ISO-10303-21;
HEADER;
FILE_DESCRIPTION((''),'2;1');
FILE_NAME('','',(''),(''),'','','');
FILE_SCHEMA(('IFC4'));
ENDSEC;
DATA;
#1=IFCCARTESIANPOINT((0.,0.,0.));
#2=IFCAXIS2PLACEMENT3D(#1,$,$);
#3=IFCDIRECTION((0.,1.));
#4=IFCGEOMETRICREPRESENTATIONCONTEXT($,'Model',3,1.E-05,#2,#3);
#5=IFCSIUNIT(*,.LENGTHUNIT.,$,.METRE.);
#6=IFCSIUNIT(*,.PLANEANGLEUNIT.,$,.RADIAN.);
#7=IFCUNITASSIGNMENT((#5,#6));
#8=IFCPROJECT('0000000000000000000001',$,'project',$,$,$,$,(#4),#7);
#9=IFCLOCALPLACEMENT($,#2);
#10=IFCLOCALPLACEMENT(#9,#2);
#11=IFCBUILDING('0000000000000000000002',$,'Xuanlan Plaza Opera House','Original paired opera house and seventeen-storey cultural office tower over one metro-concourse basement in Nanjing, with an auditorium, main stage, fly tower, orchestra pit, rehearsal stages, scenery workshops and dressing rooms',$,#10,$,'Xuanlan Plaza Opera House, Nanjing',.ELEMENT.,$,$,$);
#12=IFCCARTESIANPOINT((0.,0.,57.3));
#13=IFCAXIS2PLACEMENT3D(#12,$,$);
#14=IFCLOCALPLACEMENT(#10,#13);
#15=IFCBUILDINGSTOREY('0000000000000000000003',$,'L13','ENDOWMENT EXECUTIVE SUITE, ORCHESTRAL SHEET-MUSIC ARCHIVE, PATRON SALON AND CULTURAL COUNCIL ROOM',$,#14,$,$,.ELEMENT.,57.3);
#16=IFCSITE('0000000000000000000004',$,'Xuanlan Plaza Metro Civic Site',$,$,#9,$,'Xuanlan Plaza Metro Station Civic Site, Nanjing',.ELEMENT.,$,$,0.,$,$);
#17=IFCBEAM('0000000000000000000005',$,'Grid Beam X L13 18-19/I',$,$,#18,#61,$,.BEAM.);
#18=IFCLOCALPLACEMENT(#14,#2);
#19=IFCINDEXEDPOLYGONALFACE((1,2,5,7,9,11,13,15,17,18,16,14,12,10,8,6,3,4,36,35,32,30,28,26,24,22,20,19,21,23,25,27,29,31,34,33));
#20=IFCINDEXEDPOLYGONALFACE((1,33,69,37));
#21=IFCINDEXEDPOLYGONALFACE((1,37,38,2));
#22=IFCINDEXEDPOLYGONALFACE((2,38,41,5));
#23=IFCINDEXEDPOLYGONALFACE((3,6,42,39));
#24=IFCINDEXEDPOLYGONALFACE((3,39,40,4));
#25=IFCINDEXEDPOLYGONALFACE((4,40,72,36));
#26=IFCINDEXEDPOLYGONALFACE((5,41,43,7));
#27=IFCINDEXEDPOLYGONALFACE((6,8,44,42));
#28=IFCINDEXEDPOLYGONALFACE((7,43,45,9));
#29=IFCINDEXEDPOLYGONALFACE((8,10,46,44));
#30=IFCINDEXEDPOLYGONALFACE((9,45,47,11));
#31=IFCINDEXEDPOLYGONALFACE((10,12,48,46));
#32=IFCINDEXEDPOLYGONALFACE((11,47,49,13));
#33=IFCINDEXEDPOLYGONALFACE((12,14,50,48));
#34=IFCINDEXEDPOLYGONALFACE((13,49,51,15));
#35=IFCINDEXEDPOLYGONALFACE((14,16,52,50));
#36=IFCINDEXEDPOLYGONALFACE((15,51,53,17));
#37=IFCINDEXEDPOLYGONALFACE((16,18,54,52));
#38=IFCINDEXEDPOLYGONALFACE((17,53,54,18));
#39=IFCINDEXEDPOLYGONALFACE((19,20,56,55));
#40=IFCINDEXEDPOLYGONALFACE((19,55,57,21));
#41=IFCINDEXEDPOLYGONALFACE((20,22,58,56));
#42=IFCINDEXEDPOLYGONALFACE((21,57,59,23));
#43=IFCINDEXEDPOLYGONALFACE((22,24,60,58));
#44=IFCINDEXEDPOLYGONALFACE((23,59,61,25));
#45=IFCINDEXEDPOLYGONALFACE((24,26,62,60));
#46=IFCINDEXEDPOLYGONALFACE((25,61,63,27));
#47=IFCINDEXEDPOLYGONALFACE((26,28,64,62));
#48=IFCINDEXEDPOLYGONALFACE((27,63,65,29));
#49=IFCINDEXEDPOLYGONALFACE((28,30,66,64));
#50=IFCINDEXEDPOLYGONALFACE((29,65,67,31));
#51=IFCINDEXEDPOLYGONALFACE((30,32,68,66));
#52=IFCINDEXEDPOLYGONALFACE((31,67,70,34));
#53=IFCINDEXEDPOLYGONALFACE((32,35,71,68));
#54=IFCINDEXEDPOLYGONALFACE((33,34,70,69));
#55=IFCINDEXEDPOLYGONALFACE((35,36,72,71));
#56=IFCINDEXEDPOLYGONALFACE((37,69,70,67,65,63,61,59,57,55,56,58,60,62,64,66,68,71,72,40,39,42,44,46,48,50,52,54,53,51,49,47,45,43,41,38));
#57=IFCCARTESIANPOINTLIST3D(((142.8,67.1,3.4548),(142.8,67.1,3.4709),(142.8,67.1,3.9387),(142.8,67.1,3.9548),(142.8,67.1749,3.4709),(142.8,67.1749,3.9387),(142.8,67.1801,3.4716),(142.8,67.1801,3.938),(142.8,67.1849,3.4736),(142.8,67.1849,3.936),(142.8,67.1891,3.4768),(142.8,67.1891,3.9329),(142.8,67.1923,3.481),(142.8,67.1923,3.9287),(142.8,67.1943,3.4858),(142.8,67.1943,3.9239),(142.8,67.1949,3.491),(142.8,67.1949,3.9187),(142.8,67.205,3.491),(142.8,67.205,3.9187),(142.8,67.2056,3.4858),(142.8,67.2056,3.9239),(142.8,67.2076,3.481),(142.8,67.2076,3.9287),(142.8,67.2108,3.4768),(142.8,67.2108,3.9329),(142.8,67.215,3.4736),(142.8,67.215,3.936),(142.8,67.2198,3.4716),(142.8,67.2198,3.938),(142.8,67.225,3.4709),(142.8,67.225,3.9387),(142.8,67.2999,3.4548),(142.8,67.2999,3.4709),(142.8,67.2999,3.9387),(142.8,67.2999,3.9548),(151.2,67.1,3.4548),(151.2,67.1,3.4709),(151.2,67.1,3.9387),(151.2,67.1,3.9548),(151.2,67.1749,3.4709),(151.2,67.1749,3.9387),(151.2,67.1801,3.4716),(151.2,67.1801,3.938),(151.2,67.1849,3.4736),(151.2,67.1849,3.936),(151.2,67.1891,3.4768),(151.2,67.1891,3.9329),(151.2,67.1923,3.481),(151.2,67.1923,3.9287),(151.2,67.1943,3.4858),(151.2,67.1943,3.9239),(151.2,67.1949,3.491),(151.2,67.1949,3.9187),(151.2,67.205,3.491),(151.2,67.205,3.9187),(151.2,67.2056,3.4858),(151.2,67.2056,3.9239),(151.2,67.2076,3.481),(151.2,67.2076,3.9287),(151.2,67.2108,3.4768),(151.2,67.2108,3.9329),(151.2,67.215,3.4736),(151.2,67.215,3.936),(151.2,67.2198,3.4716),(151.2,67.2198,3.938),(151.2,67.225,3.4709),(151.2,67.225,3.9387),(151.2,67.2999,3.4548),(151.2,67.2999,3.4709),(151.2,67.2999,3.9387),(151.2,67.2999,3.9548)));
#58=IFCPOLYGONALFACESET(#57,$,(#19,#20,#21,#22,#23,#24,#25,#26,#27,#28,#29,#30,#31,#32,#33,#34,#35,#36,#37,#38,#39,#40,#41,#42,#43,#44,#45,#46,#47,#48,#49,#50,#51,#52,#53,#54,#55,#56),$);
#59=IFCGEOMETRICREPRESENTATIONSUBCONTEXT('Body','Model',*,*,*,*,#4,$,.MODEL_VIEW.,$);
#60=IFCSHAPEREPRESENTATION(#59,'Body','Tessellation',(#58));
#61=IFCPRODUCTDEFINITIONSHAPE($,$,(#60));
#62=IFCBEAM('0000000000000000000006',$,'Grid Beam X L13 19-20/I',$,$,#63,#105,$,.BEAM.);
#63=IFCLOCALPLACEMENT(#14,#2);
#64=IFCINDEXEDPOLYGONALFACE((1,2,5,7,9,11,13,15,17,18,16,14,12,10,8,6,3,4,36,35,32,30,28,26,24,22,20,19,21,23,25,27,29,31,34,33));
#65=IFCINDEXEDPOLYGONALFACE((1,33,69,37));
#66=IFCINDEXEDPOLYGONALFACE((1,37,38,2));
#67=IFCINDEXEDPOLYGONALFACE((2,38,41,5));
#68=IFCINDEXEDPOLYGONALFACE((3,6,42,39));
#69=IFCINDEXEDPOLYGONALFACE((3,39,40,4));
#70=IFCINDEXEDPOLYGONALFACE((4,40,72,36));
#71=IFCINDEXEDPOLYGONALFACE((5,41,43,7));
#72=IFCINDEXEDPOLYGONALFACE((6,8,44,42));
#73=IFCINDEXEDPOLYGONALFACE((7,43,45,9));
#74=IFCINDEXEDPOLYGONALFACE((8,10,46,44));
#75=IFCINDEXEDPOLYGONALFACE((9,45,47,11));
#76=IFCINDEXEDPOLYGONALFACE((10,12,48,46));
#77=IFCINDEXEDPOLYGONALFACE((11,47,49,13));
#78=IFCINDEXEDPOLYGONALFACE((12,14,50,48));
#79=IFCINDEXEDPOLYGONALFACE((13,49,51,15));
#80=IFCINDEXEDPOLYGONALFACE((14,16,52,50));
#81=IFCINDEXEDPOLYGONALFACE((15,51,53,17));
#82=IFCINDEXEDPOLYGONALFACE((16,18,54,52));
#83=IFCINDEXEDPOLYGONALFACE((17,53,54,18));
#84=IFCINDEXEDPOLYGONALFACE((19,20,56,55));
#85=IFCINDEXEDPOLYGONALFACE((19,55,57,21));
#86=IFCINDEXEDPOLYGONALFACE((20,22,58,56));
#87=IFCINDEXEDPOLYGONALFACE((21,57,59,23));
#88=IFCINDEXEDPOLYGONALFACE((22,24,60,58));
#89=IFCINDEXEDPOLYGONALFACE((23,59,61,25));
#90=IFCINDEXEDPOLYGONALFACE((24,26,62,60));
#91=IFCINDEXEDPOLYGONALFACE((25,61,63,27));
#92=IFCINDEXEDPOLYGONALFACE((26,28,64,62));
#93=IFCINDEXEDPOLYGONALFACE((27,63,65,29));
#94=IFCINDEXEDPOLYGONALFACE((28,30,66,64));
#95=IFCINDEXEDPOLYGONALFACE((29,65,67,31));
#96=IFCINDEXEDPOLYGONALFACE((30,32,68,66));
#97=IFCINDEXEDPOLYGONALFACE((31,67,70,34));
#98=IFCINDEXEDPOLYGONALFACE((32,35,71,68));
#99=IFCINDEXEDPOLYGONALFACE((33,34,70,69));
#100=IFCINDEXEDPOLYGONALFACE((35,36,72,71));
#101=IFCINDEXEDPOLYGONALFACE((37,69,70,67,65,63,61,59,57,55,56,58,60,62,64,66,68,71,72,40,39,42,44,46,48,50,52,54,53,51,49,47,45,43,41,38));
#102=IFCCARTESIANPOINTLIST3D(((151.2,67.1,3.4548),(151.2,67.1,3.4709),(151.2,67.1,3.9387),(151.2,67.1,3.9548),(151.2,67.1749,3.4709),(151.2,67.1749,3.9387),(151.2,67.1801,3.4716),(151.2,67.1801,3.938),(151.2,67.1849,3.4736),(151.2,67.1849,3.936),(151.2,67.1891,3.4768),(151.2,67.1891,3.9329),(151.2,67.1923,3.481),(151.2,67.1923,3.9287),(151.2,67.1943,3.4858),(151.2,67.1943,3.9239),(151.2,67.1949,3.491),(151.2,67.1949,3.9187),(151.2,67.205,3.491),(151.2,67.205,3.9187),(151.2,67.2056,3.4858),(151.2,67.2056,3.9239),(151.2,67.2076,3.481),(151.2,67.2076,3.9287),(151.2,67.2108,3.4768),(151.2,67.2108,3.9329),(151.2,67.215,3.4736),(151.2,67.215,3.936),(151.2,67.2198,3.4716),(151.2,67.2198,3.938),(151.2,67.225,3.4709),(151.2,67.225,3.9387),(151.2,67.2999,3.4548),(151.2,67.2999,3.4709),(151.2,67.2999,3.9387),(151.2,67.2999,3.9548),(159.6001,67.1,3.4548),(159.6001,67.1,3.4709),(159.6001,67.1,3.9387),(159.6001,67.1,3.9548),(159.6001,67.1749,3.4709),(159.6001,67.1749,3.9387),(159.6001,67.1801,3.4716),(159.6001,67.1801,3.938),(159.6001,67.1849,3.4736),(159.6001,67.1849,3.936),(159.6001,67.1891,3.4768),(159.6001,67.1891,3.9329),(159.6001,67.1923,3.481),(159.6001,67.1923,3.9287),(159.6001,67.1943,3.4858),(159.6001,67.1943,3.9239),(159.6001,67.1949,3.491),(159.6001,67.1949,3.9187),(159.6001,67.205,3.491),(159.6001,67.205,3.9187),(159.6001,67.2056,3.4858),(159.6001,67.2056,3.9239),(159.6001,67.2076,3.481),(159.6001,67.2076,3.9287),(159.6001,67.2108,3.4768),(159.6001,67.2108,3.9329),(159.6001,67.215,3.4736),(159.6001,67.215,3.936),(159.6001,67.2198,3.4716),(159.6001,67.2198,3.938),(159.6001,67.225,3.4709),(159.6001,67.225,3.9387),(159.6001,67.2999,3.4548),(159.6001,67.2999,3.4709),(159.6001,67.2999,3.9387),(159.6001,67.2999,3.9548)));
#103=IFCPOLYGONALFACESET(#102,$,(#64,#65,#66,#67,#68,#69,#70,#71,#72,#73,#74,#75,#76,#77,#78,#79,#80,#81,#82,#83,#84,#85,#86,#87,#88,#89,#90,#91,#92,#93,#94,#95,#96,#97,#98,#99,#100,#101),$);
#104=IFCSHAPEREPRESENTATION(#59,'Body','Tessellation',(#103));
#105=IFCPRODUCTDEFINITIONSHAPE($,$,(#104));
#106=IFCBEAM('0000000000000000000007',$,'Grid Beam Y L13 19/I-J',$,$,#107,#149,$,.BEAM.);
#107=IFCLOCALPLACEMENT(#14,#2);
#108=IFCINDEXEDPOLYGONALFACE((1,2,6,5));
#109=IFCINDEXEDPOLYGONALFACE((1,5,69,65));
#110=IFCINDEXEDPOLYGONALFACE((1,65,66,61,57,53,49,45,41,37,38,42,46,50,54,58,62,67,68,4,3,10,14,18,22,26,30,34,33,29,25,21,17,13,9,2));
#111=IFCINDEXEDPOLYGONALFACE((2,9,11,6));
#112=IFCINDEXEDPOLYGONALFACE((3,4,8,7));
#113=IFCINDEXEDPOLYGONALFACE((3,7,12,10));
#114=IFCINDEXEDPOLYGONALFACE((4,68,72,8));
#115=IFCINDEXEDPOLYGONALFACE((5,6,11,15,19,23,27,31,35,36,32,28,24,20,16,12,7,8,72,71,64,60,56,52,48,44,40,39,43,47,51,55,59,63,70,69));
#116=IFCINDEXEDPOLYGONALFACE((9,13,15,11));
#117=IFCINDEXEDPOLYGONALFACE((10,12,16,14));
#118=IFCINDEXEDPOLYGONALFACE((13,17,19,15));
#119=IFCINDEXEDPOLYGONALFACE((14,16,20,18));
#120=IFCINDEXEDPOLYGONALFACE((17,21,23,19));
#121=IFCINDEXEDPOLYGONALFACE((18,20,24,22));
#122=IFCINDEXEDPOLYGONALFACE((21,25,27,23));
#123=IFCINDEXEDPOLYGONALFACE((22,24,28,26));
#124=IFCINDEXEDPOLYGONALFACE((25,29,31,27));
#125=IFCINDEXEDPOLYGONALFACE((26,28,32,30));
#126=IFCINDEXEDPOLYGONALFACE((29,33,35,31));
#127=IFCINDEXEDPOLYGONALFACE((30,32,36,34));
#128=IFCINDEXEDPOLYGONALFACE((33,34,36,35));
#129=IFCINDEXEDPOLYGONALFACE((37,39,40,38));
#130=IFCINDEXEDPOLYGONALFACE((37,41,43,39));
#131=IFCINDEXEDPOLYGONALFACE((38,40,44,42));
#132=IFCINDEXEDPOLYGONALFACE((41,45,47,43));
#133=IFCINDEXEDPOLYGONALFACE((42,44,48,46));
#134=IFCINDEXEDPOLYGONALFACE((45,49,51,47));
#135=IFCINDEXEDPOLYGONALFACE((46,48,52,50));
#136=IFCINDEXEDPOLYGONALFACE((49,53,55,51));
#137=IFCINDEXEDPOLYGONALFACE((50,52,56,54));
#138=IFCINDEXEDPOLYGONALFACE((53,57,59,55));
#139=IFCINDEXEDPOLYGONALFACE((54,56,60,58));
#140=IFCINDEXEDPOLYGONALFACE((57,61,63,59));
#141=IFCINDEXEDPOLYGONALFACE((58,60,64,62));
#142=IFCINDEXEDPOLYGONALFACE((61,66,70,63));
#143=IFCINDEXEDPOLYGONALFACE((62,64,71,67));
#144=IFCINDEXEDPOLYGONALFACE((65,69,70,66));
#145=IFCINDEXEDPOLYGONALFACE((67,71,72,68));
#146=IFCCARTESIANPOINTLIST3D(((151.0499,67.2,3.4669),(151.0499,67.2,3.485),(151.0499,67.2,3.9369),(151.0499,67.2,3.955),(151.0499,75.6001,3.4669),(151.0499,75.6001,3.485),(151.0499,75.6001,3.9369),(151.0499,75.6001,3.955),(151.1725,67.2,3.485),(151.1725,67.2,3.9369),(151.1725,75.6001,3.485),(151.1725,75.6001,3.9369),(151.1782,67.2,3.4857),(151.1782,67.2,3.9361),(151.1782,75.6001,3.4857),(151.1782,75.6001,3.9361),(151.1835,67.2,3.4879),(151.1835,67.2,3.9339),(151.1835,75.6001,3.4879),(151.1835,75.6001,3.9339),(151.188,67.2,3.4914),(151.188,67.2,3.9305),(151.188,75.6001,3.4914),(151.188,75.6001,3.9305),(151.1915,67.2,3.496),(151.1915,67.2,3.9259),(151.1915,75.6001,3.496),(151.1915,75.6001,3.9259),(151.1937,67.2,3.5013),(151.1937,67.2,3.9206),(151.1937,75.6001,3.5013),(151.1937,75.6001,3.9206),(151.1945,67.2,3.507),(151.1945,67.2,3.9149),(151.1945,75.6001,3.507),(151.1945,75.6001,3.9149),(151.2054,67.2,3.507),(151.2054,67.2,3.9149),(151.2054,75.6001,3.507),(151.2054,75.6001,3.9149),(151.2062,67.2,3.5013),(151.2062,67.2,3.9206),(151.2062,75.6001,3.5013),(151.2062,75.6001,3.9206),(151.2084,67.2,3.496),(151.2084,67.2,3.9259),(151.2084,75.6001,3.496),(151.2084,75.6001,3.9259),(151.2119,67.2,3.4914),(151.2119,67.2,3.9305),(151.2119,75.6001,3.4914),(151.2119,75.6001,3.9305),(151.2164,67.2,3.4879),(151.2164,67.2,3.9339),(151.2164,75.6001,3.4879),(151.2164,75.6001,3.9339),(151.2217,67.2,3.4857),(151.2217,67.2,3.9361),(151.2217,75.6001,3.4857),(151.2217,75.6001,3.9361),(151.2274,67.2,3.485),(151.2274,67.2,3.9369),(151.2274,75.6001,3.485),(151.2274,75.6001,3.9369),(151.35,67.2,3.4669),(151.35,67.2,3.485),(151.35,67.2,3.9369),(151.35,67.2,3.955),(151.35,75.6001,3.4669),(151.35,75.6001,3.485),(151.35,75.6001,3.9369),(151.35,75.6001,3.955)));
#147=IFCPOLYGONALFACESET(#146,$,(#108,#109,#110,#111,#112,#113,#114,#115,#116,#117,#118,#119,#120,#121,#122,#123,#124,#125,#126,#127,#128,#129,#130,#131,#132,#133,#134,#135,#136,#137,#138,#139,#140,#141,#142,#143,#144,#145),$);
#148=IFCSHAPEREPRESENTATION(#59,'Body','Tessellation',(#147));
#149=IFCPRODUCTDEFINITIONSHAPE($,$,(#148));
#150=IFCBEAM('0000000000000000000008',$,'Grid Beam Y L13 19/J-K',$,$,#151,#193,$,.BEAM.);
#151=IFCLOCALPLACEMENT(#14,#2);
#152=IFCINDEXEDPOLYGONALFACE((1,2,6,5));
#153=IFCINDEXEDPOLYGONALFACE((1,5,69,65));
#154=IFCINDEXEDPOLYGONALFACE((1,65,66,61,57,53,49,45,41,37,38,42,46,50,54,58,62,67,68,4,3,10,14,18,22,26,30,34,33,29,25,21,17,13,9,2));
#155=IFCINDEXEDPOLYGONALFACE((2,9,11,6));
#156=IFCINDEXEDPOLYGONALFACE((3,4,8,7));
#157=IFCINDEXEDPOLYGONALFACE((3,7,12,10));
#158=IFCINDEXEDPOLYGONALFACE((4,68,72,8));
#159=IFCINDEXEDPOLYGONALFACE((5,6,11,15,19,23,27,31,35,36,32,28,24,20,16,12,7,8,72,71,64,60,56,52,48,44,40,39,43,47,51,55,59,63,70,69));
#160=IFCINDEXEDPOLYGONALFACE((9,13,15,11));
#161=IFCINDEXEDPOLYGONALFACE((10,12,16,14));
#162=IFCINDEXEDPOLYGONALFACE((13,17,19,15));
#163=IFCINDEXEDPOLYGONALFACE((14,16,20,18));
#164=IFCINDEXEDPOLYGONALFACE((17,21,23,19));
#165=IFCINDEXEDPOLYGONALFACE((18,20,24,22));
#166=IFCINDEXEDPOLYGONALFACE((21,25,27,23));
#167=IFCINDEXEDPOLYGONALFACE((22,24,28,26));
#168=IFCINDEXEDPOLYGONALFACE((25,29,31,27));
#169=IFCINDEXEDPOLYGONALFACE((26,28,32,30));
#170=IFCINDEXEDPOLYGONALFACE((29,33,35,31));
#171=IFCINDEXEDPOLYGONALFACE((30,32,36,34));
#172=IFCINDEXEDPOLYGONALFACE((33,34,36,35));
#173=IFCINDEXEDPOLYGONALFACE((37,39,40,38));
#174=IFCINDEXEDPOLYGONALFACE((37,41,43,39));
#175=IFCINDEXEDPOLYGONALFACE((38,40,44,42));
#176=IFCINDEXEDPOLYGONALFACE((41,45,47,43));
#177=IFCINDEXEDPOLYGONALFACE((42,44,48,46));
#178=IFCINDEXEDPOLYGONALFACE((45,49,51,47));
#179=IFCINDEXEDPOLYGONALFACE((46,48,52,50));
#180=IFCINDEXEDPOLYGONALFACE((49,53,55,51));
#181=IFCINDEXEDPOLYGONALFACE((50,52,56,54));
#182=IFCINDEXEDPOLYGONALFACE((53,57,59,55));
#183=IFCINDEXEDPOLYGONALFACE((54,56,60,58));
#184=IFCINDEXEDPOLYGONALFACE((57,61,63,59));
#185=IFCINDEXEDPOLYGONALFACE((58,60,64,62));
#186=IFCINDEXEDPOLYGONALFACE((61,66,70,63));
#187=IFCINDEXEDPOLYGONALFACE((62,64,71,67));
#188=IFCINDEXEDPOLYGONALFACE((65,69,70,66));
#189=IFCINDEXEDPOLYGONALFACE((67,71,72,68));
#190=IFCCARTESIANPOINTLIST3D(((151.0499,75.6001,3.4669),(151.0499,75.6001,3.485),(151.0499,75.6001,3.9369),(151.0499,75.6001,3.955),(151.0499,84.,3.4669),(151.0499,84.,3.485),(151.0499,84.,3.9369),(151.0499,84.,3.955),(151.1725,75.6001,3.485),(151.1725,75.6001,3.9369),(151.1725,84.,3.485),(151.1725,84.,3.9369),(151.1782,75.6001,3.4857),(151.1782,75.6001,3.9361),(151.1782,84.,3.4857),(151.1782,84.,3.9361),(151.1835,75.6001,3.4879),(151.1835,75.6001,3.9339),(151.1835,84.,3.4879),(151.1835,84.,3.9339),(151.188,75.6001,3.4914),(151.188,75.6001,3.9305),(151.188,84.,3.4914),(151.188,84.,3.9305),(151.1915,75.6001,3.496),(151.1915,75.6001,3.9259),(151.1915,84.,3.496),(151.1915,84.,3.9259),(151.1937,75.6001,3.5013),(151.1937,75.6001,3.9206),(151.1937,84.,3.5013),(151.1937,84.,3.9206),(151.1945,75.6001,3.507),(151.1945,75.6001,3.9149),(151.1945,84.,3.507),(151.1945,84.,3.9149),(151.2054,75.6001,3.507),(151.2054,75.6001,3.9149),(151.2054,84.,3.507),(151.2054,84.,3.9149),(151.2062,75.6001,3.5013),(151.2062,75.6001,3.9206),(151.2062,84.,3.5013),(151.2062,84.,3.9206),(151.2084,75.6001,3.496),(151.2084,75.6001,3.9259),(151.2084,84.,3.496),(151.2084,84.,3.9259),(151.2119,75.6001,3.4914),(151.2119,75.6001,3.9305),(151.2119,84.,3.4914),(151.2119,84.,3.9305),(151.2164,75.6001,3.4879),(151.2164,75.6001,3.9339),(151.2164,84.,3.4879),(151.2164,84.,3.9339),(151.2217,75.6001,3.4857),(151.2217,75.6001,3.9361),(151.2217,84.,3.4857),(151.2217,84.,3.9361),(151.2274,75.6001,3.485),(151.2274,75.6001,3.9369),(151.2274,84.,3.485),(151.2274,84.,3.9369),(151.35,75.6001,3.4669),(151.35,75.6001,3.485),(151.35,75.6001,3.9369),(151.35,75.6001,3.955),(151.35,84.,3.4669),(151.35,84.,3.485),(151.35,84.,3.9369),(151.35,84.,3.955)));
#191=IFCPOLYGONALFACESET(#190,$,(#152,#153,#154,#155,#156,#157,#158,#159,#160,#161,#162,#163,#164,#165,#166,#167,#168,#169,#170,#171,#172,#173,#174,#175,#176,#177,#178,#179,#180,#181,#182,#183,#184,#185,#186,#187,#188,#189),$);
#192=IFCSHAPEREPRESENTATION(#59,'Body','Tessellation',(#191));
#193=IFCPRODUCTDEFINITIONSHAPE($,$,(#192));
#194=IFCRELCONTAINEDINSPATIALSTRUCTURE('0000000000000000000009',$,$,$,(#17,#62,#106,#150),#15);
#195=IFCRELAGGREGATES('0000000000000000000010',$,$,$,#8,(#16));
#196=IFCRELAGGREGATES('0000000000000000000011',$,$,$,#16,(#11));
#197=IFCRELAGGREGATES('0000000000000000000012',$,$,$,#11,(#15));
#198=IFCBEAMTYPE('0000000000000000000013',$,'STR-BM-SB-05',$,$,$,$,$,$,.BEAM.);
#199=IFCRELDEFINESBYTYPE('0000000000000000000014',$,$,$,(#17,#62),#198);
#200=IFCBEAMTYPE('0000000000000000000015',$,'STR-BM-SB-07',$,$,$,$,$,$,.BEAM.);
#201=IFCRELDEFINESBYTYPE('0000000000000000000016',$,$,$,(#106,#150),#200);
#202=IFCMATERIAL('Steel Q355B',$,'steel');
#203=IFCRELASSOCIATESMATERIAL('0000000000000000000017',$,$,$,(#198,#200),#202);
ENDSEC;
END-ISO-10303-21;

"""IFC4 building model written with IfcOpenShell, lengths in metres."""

from ifc_helpers import new_model, si_unit, direction, frame, origin, origin_2d, place, context, subcontext, project, spatial, i_section, extrude, material, material_profile, profile_set, type_object, element, save


model = new_model("IFC4")

# Units and contexts
model_context = context("Model", 3, precision=1e-05, world=origin(), true_north=direction((0.0, 1.0)))
body_context = subcontext(model_context, "Body", "Model", "MODEL_VIEW")
ifc_project = project(units=[si_unit("LENGTHUNIT", "METRE"), si_unit("PLANEANGLEUNIT", "RADIAN")], contexts=[model_context])

# Site, building, storey
site_placement = place(None, origin())
site = spatial("IfcSite", under=ifc_project, at=site_placement, Name="Xuanlan Plaza Metro Civic Site", LongName="Xuanlan Plaza Metro Station Civic Site, Nanjing", CompositionType="ELEMENT", RefElevation=0.0)
building_placement = place(site_placement, origin())
building = spatial("IfcBuilding", under=site, at=building_placement, Name="Xuanlan Plaza Opera House", Description="Original paired opera house and seventeen-storey cultural office tower over one metro-concourse basement in Nanjing, with an auditorium, main stage, fly tower, orchestra pit, rehearsal stages, scenery workshops and dressing rooms", LongName="Xuanlan Plaza Opera House, Nanjing", CompositionType="ELEMENT")
storey_placement = place(building_placement, frame((0.0, 0.0, 57.3)))
storey = spatial("IfcBuildingStorey", under=building, at=storey_placement, Name="L13", Description="ENDOWMENT EXECUTIVE SUITE, ORCHESTRAL SHEET-MUSIC ARCHIVE, PATRON SALON AND CULTURAL COUNCIL ROOM", CompositionType="ELEMENT", Elevation=57.3)

# Beams
ifc_material_1 = material(Name="Steel Q355B", Category="steel")
ifc_material_profile_1 = material_profile(ifc_material_1, i_section(OverallWidth=0.2, OverallDepth=0.5, WebThickness=0.01, FlangeThickness=0.0161, FilletRadius=0.02, at=origin_2d()), Name="HN 500x200x10x16")
ifc_profile_set_1 = profile_set([ifc_material_profile_1], Name="Steel Q355B")
beam_type_1 = type_object("IfcBeamType", Name="STR-BM-SB-05", PredefinedType="BEAM", material=ifc_profile_set_1)
beam_1_placement = place(storey_placement, frame((142.8, 67.2, 3.7048), z_axis=(1.0, 0.0, 0.0), x_axis=(0.0, 1.0, 0.0)))
element("IfcBeam", 1, at=beam_1_placement, inside=storey, type_object=beam_type_1, Name="Grid Beam X L13 18-19/I", PredefinedType="BEAM", context=body_context, shape_type="SweptSolid", body=[
    extrude(i_section(OverallWidth=0.2, OverallDepth=0.5, WebThickness=0.01, FlangeThickness=0.0161, FilletRadius=0.02, at=origin_2d()), origin(), (0.0, 0.0, 1.0), 8.3999),
])
beam_2_placement = place(storey_placement, frame((151.2, 67.2, 3.7048), z_axis=(1.0, 0.0, 0.0), x_axis=(0.0, 1.0, 0.0)))
element("IfcBeam", 2, at=beam_2_placement, inside=storey, type_object=beam_type_1, Name="Grid Beam X L13 19-20/I", PredefinedType="BEAM", context=body_context, shape_type="SweptSolid", body=[
    extrude(i_section(OverallWidth=0.2, OverallDepth=0.5, WebThickness=0.01, FlangeThickness=0.0161, FilletRadius=0.02, at=origin_2d()), origin(), (0.0, 0.0, 1.0), 8.4001),
])
ifc_material_profile_2 = material_profile(ifc_material_1, i_section(OverallWidth=0.3, OverallDepth=0.488, WebThickness=0.011, FlangeThickness=0.0181, FilletRadius=0.022, at=origin_2d()), Name="HM 488x300x11x18")
ifc_profile_set_2 = profile_set([ifc_material_profile_2], Name="Steel Q355B")
beam_type_2 = type_object("IfcBeamType", Name="STR-BM-SB-07", PredefinedType="BEAM", material=ifc_profile_set_2)
beam_3_placement = place(storey_placement, frame((151.2, 67.2, 3.7109), z_axis=(0.0, 1.0, 0.0), x_axis=(-1.0, 0.0, 0.0)))
element("IfcBeam", 3, at=beam_3_placement, inside=storey, type_object=beam_type_2, Name="Grid Beam Y L13 19/I-J", PredefinedType="BEAM", context=body_context, shape_type="SweptSolid", body=[
    extrude(i_section(OverallWidth=0.3, OverallDepth=0.488, WebThickness=0.011, FlangeThickness=0.0181, FilletRadius=0.022, at=origin_2d()), origin(), (0.0, 0.0, 1.0), 8.4001),
])
beam_4_placement = place(storey_placement, frame((151.2, 75.6001, 3.7109), z_axis=(0.0, 1.0, 0.0), x_axis=(-1.0, 0.0, 0.0)))
element("IfcBeam", 4, at=beam_4_placement, inside=storey, type_object=beam_type_2, Name="Grid Beam Y L13 19/J-K", PredefinedType="BEAM", context=body_context, shape_type="SweptSolid", body=[
    extrude(i_section(OverallWidth=0.3, OverallDepth=0.488, WebThickness=0.011, FlangeThickness=0.0181, FilletRadius=0.022, at=origin_2d()), origin(), (0.0, 0.0, 1.0), 8.3999),
])

save(model, "model.ifc")
